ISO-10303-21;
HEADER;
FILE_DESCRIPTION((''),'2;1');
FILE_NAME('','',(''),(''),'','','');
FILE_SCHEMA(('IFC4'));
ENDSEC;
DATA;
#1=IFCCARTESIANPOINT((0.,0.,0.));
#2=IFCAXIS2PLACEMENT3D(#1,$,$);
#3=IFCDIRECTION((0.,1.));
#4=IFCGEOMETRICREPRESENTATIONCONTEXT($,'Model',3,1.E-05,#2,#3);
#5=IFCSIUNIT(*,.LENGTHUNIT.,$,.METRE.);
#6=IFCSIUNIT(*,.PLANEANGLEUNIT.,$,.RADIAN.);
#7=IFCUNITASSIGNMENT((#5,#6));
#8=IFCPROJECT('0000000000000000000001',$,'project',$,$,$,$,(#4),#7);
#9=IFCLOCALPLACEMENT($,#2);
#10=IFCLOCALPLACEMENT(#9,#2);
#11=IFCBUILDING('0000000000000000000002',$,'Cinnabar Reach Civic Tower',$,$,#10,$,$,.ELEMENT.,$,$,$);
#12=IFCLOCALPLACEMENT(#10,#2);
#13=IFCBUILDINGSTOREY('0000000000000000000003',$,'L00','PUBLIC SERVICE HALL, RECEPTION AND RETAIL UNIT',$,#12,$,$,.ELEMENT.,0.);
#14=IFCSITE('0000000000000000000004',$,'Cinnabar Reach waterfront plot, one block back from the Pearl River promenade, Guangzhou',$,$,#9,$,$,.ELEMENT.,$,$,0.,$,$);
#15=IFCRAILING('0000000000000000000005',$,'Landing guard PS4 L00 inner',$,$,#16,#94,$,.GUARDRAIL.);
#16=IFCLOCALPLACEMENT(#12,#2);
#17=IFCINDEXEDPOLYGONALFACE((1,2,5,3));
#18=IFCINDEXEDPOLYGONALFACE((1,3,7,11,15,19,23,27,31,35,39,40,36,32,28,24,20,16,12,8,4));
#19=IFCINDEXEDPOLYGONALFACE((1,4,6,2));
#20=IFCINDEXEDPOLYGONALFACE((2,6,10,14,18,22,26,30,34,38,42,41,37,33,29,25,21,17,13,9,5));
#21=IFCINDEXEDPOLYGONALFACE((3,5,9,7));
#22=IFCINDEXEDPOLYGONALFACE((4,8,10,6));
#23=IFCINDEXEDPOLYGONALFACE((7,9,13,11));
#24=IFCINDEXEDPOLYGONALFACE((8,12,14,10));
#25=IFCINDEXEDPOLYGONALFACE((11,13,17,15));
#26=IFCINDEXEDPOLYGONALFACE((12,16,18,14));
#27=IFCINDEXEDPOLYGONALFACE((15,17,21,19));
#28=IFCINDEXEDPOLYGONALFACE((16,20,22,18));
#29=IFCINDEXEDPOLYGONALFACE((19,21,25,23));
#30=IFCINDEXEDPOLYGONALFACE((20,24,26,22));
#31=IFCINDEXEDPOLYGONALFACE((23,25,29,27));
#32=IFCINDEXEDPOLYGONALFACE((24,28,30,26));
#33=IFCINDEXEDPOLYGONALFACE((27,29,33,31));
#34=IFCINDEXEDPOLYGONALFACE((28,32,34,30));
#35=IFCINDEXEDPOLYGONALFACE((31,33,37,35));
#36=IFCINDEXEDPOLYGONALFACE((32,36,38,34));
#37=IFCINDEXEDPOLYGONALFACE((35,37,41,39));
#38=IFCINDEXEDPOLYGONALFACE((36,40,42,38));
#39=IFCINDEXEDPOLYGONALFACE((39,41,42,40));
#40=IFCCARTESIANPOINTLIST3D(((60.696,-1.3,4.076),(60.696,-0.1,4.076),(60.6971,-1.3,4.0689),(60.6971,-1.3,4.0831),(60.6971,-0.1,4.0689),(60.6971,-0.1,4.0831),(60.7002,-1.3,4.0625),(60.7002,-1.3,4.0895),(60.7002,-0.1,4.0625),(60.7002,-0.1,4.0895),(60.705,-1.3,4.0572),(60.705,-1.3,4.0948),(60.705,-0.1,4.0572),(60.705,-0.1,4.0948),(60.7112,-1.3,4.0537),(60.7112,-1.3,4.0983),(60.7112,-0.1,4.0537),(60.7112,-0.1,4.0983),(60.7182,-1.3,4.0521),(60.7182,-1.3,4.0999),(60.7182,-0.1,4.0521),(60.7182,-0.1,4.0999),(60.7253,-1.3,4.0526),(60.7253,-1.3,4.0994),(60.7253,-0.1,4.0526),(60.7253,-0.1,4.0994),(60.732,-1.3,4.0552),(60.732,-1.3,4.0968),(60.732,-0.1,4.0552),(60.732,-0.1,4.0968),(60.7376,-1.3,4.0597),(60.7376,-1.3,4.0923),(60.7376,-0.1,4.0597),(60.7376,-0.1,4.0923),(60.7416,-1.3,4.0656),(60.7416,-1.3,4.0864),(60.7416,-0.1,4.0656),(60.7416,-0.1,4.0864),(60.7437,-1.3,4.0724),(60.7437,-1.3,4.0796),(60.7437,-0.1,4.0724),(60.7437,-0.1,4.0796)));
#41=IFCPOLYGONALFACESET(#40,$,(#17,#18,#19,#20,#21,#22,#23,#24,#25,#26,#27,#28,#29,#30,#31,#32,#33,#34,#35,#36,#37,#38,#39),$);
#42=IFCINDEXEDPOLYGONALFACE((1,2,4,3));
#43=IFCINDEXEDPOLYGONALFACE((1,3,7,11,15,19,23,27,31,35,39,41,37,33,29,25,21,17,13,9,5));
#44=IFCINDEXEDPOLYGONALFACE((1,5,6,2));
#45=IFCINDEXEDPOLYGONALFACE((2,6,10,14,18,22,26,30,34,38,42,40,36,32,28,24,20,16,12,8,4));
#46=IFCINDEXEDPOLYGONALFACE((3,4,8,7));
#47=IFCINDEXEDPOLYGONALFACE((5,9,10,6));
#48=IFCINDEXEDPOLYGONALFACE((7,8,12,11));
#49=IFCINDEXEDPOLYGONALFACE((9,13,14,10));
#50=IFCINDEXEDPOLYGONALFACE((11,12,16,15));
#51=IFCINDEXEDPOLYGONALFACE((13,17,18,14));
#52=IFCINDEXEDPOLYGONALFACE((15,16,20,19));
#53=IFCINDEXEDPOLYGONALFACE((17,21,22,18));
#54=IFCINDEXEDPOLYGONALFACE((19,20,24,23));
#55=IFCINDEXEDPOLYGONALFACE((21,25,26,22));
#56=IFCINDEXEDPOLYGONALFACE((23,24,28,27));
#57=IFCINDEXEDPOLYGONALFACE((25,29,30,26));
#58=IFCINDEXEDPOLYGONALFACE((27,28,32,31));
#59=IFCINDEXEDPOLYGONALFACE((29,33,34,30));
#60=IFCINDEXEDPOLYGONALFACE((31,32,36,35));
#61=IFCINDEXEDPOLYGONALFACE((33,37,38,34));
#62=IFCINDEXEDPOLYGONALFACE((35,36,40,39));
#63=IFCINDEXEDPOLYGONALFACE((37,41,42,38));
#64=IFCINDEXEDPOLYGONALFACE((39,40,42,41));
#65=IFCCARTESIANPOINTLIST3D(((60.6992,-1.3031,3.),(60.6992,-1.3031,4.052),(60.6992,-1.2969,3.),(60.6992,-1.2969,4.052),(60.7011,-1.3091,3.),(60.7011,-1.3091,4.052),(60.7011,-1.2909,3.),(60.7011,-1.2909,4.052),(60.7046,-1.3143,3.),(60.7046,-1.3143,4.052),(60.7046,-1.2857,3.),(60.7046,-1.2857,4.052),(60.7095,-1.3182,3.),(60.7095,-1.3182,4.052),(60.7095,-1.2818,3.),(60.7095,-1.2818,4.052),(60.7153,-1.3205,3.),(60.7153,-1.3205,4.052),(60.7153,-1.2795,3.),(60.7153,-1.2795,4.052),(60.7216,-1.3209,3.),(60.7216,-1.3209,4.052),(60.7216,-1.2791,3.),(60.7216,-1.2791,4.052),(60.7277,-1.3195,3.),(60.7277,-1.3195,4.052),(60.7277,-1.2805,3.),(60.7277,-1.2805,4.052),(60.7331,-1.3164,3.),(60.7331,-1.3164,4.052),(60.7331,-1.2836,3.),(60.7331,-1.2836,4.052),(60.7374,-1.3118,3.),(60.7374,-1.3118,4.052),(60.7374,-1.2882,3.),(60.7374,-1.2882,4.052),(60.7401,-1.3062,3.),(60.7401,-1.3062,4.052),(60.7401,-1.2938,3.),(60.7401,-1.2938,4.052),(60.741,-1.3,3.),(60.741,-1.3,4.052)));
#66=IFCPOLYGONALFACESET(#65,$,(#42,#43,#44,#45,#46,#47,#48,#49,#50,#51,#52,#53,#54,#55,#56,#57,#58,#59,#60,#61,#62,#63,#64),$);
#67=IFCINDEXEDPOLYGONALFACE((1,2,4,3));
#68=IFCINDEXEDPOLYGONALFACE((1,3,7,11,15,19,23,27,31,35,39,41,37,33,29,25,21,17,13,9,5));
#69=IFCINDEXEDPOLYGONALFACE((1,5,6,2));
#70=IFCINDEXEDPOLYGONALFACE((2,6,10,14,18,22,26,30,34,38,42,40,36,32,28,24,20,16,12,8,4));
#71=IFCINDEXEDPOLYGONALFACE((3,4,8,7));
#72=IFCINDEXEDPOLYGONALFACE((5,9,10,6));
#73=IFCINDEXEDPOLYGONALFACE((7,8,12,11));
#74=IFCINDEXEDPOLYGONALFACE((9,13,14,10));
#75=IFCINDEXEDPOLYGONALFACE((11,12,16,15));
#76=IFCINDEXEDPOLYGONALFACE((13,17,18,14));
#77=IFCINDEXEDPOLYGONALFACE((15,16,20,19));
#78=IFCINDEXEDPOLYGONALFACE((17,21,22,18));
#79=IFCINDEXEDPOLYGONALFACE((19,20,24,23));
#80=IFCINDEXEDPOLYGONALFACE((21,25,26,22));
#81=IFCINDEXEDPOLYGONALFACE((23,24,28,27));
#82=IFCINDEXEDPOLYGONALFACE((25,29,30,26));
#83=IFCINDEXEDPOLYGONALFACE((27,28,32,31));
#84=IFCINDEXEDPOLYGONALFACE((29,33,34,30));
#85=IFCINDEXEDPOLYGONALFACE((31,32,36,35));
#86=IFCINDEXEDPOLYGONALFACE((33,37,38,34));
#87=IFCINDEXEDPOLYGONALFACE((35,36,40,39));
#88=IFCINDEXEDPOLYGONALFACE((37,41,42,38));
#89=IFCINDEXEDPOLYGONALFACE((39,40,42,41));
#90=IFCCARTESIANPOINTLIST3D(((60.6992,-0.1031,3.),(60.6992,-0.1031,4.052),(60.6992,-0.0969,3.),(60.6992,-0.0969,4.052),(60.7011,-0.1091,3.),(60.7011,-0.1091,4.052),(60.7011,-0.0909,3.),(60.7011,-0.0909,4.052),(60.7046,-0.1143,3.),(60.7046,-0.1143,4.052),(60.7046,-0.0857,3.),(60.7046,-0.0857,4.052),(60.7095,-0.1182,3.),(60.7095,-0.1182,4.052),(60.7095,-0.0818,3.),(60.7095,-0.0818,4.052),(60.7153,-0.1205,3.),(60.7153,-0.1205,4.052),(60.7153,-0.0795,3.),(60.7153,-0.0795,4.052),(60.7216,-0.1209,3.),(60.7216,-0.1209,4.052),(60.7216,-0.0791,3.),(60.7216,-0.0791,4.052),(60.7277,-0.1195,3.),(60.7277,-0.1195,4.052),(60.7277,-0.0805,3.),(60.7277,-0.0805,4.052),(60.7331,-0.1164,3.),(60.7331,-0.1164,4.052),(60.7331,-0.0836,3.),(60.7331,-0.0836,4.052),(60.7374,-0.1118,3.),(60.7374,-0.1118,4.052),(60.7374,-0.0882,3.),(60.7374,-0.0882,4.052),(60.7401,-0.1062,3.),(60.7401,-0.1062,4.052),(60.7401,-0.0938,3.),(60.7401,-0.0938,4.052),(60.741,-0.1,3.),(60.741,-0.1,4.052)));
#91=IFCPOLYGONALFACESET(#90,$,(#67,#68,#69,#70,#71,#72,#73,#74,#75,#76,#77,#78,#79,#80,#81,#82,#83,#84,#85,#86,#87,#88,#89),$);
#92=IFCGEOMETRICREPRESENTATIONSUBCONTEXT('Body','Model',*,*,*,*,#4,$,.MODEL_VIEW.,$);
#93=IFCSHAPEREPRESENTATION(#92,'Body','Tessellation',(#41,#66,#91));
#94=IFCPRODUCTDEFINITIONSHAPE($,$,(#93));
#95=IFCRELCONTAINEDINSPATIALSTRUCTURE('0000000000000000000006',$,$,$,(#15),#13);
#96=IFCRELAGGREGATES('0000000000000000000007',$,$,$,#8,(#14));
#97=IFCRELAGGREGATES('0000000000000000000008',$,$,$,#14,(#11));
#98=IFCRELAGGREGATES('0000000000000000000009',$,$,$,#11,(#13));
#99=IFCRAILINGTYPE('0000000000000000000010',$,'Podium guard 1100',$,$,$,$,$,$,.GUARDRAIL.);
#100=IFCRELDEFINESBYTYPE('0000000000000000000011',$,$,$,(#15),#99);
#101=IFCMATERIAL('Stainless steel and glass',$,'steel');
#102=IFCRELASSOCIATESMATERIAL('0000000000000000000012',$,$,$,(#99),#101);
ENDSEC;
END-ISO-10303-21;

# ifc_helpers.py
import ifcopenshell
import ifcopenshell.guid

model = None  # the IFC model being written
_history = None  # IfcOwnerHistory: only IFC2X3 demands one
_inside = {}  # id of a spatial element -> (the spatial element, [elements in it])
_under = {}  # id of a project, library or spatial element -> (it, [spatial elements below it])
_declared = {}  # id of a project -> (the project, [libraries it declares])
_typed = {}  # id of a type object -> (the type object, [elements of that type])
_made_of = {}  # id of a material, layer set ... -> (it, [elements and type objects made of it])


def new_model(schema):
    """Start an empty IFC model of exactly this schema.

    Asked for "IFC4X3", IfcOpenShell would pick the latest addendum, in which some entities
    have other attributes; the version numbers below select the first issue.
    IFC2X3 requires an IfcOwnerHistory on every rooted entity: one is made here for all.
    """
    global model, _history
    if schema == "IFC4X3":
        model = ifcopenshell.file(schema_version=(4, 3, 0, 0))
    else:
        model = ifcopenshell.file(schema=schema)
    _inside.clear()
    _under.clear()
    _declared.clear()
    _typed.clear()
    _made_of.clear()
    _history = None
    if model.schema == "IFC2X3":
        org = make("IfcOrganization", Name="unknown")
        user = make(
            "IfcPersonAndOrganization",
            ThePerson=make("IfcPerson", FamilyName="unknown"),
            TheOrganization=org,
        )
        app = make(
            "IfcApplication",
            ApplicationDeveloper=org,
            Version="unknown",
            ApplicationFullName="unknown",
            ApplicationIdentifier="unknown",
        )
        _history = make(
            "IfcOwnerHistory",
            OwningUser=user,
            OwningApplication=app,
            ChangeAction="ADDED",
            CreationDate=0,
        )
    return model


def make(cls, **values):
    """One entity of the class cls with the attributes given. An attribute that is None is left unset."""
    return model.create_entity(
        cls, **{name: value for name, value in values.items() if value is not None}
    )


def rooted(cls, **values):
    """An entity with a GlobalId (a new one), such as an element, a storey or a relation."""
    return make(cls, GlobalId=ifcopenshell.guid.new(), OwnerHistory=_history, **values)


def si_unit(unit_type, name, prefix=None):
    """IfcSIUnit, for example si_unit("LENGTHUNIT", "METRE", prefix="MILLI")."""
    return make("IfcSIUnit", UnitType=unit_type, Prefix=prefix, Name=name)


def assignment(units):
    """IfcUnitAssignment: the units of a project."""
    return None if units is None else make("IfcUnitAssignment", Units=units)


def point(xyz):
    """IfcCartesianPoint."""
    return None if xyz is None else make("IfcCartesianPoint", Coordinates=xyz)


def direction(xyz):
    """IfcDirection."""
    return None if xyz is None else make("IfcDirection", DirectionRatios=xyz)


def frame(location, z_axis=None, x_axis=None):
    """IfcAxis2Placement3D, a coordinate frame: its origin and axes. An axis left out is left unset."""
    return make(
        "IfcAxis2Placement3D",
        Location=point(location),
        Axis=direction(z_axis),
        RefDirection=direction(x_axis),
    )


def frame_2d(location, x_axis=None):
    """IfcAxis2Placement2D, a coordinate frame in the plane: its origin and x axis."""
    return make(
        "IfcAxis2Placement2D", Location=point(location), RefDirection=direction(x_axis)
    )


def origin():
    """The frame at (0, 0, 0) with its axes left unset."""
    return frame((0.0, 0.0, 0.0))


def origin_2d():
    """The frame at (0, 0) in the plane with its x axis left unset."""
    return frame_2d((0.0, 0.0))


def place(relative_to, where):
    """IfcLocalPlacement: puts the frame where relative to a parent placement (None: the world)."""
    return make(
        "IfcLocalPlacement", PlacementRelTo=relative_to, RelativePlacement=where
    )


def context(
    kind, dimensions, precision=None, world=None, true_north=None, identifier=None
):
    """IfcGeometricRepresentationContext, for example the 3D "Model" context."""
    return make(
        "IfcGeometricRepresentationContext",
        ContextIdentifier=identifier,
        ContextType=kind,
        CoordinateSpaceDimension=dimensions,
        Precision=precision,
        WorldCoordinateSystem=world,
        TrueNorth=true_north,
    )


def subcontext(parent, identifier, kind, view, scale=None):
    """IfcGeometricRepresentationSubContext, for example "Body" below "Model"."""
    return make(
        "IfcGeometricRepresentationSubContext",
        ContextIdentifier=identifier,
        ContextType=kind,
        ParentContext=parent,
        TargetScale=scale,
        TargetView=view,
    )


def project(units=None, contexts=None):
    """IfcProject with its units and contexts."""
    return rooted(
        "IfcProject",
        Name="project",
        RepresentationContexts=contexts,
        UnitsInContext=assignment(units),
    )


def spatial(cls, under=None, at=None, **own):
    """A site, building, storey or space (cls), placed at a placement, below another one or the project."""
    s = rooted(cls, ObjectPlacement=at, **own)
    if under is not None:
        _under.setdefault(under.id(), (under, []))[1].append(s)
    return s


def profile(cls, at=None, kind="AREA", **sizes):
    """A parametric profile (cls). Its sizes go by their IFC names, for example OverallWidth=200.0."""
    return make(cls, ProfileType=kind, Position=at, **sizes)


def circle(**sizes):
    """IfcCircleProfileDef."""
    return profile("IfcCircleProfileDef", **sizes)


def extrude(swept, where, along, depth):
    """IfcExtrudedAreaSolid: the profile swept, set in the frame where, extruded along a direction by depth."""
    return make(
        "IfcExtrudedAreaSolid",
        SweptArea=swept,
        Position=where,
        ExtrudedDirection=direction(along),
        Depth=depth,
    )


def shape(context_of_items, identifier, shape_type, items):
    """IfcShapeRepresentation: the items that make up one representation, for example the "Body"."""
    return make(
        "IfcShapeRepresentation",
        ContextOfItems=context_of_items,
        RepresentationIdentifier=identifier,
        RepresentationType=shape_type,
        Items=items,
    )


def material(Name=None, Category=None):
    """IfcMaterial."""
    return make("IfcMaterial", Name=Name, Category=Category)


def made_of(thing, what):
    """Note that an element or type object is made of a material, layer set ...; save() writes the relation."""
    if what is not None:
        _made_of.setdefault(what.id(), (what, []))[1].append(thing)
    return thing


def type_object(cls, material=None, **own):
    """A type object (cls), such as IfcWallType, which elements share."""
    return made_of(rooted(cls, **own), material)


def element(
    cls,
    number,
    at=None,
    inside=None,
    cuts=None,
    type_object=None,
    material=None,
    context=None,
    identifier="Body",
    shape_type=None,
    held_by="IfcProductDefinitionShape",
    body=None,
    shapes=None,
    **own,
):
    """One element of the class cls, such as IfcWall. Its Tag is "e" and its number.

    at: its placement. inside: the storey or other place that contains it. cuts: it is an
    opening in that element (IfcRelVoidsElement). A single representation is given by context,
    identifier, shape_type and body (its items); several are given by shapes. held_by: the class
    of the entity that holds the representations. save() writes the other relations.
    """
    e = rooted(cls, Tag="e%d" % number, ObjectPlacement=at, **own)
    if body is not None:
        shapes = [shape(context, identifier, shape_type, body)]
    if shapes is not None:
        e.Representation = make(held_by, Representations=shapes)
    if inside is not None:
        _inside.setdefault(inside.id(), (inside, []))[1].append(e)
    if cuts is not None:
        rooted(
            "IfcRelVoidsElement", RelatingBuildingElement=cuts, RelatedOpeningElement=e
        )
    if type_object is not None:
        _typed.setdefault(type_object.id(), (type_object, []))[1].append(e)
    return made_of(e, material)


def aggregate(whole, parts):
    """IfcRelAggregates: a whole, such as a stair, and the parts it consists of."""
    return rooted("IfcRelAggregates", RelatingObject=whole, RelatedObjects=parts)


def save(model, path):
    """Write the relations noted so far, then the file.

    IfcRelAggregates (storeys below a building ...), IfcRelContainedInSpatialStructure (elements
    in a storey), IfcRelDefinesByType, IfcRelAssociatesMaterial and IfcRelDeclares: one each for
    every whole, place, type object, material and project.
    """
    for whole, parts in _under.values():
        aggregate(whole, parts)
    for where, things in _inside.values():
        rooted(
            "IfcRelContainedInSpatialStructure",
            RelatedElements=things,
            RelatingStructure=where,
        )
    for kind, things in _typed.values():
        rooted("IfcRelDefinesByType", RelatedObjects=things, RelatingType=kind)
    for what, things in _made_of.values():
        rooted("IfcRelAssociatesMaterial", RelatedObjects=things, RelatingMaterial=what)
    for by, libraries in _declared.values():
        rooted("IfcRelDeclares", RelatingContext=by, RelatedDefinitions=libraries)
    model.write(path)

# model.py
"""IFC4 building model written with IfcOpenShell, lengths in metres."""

from ifc_helpers import new_model, si_unit, direction, frame, origin, origin_2d, place, context, subcontext, project, spatial, circle, extrude, material, type_object, element, save


model = new_model("IFC4")

# Units and contexts
model_context = context("Model", 3, precision=1e-05, world=origin(), true_north=direction((0.0, 1.0)))
body_context = subcontext(model_context, "Body", "Model", "MODEL_VIEW")
ifc_project = project(units=[si_unit("LENGTHUNIT", "METRE"), si_unit("PLANEANGLEUNIT", "RADIAN")], contexts=[model_context])

# Site, building, storey
site_placement = place(None, origin())
site = spatial("IfcSite", under=ifc_project, at=site_placement, Name="Cinnabar Reach waterfront plot, one block back from the Pearl River promenade, Guangzhou", CompositionType="ELEMENT", RefElevation=0.0)
building_placement = place(site_placement, origin())
building = spatial("IfcBuilding", under=site, at=building_placement, Name="Cinnabar Reach Civic Tower", CompositionType="ELEMENT")
storey_placement = place(building_placement, origin())
storey = spatial("IfcBuildingStorey", under=building, at=storey_placement, Name="L00", Description="PUBLIC SERVICE HALL, RECEPTION AND RETAIL UNIT", CompositionType="ELEMENT", Elevation=0.0)

# Railing
ifc_material_1 = material(Name="Stainless steel and glass", Category="steel")
railing_type = type_object("IfcRailingType", Name="Podium guard 1100", PredefinedType="GUARDRAIL", material=ifc_material_1)
railing_1_placement = place(storey_placement, frame((60.72, -1.3, 3.0)))
element("IfcRailing", 1, at=railing_1_placement, inside=storey, type_object=railing_type, Name="Landing guard PS4 L00 inner", PredefinedType="GUARDRAIL", context=body_context, shape_type="SweptSolid", body=[
    extrude(circle(Radius=0.024, at=origin_2d()), frame((0.0, 0.0, 1.076), z_axis=(0.0, 1.0, 0.0), x_axis=(-1.0, 0.0, 0.0)), (0.0, 0.0, 1.0), 1.2),
    extrude(circle(Radius=0.021, at=origin_2d()), origin(), (0.0, 0.0, 1.0), 1.052),
    extrude(circle(Radius=0.021, at=origin_2d()), frame((0.0, 1.2, 0.0)), (0.0, 0.0, 1.0), 1.052),
])

save(model, "model.ifc")
